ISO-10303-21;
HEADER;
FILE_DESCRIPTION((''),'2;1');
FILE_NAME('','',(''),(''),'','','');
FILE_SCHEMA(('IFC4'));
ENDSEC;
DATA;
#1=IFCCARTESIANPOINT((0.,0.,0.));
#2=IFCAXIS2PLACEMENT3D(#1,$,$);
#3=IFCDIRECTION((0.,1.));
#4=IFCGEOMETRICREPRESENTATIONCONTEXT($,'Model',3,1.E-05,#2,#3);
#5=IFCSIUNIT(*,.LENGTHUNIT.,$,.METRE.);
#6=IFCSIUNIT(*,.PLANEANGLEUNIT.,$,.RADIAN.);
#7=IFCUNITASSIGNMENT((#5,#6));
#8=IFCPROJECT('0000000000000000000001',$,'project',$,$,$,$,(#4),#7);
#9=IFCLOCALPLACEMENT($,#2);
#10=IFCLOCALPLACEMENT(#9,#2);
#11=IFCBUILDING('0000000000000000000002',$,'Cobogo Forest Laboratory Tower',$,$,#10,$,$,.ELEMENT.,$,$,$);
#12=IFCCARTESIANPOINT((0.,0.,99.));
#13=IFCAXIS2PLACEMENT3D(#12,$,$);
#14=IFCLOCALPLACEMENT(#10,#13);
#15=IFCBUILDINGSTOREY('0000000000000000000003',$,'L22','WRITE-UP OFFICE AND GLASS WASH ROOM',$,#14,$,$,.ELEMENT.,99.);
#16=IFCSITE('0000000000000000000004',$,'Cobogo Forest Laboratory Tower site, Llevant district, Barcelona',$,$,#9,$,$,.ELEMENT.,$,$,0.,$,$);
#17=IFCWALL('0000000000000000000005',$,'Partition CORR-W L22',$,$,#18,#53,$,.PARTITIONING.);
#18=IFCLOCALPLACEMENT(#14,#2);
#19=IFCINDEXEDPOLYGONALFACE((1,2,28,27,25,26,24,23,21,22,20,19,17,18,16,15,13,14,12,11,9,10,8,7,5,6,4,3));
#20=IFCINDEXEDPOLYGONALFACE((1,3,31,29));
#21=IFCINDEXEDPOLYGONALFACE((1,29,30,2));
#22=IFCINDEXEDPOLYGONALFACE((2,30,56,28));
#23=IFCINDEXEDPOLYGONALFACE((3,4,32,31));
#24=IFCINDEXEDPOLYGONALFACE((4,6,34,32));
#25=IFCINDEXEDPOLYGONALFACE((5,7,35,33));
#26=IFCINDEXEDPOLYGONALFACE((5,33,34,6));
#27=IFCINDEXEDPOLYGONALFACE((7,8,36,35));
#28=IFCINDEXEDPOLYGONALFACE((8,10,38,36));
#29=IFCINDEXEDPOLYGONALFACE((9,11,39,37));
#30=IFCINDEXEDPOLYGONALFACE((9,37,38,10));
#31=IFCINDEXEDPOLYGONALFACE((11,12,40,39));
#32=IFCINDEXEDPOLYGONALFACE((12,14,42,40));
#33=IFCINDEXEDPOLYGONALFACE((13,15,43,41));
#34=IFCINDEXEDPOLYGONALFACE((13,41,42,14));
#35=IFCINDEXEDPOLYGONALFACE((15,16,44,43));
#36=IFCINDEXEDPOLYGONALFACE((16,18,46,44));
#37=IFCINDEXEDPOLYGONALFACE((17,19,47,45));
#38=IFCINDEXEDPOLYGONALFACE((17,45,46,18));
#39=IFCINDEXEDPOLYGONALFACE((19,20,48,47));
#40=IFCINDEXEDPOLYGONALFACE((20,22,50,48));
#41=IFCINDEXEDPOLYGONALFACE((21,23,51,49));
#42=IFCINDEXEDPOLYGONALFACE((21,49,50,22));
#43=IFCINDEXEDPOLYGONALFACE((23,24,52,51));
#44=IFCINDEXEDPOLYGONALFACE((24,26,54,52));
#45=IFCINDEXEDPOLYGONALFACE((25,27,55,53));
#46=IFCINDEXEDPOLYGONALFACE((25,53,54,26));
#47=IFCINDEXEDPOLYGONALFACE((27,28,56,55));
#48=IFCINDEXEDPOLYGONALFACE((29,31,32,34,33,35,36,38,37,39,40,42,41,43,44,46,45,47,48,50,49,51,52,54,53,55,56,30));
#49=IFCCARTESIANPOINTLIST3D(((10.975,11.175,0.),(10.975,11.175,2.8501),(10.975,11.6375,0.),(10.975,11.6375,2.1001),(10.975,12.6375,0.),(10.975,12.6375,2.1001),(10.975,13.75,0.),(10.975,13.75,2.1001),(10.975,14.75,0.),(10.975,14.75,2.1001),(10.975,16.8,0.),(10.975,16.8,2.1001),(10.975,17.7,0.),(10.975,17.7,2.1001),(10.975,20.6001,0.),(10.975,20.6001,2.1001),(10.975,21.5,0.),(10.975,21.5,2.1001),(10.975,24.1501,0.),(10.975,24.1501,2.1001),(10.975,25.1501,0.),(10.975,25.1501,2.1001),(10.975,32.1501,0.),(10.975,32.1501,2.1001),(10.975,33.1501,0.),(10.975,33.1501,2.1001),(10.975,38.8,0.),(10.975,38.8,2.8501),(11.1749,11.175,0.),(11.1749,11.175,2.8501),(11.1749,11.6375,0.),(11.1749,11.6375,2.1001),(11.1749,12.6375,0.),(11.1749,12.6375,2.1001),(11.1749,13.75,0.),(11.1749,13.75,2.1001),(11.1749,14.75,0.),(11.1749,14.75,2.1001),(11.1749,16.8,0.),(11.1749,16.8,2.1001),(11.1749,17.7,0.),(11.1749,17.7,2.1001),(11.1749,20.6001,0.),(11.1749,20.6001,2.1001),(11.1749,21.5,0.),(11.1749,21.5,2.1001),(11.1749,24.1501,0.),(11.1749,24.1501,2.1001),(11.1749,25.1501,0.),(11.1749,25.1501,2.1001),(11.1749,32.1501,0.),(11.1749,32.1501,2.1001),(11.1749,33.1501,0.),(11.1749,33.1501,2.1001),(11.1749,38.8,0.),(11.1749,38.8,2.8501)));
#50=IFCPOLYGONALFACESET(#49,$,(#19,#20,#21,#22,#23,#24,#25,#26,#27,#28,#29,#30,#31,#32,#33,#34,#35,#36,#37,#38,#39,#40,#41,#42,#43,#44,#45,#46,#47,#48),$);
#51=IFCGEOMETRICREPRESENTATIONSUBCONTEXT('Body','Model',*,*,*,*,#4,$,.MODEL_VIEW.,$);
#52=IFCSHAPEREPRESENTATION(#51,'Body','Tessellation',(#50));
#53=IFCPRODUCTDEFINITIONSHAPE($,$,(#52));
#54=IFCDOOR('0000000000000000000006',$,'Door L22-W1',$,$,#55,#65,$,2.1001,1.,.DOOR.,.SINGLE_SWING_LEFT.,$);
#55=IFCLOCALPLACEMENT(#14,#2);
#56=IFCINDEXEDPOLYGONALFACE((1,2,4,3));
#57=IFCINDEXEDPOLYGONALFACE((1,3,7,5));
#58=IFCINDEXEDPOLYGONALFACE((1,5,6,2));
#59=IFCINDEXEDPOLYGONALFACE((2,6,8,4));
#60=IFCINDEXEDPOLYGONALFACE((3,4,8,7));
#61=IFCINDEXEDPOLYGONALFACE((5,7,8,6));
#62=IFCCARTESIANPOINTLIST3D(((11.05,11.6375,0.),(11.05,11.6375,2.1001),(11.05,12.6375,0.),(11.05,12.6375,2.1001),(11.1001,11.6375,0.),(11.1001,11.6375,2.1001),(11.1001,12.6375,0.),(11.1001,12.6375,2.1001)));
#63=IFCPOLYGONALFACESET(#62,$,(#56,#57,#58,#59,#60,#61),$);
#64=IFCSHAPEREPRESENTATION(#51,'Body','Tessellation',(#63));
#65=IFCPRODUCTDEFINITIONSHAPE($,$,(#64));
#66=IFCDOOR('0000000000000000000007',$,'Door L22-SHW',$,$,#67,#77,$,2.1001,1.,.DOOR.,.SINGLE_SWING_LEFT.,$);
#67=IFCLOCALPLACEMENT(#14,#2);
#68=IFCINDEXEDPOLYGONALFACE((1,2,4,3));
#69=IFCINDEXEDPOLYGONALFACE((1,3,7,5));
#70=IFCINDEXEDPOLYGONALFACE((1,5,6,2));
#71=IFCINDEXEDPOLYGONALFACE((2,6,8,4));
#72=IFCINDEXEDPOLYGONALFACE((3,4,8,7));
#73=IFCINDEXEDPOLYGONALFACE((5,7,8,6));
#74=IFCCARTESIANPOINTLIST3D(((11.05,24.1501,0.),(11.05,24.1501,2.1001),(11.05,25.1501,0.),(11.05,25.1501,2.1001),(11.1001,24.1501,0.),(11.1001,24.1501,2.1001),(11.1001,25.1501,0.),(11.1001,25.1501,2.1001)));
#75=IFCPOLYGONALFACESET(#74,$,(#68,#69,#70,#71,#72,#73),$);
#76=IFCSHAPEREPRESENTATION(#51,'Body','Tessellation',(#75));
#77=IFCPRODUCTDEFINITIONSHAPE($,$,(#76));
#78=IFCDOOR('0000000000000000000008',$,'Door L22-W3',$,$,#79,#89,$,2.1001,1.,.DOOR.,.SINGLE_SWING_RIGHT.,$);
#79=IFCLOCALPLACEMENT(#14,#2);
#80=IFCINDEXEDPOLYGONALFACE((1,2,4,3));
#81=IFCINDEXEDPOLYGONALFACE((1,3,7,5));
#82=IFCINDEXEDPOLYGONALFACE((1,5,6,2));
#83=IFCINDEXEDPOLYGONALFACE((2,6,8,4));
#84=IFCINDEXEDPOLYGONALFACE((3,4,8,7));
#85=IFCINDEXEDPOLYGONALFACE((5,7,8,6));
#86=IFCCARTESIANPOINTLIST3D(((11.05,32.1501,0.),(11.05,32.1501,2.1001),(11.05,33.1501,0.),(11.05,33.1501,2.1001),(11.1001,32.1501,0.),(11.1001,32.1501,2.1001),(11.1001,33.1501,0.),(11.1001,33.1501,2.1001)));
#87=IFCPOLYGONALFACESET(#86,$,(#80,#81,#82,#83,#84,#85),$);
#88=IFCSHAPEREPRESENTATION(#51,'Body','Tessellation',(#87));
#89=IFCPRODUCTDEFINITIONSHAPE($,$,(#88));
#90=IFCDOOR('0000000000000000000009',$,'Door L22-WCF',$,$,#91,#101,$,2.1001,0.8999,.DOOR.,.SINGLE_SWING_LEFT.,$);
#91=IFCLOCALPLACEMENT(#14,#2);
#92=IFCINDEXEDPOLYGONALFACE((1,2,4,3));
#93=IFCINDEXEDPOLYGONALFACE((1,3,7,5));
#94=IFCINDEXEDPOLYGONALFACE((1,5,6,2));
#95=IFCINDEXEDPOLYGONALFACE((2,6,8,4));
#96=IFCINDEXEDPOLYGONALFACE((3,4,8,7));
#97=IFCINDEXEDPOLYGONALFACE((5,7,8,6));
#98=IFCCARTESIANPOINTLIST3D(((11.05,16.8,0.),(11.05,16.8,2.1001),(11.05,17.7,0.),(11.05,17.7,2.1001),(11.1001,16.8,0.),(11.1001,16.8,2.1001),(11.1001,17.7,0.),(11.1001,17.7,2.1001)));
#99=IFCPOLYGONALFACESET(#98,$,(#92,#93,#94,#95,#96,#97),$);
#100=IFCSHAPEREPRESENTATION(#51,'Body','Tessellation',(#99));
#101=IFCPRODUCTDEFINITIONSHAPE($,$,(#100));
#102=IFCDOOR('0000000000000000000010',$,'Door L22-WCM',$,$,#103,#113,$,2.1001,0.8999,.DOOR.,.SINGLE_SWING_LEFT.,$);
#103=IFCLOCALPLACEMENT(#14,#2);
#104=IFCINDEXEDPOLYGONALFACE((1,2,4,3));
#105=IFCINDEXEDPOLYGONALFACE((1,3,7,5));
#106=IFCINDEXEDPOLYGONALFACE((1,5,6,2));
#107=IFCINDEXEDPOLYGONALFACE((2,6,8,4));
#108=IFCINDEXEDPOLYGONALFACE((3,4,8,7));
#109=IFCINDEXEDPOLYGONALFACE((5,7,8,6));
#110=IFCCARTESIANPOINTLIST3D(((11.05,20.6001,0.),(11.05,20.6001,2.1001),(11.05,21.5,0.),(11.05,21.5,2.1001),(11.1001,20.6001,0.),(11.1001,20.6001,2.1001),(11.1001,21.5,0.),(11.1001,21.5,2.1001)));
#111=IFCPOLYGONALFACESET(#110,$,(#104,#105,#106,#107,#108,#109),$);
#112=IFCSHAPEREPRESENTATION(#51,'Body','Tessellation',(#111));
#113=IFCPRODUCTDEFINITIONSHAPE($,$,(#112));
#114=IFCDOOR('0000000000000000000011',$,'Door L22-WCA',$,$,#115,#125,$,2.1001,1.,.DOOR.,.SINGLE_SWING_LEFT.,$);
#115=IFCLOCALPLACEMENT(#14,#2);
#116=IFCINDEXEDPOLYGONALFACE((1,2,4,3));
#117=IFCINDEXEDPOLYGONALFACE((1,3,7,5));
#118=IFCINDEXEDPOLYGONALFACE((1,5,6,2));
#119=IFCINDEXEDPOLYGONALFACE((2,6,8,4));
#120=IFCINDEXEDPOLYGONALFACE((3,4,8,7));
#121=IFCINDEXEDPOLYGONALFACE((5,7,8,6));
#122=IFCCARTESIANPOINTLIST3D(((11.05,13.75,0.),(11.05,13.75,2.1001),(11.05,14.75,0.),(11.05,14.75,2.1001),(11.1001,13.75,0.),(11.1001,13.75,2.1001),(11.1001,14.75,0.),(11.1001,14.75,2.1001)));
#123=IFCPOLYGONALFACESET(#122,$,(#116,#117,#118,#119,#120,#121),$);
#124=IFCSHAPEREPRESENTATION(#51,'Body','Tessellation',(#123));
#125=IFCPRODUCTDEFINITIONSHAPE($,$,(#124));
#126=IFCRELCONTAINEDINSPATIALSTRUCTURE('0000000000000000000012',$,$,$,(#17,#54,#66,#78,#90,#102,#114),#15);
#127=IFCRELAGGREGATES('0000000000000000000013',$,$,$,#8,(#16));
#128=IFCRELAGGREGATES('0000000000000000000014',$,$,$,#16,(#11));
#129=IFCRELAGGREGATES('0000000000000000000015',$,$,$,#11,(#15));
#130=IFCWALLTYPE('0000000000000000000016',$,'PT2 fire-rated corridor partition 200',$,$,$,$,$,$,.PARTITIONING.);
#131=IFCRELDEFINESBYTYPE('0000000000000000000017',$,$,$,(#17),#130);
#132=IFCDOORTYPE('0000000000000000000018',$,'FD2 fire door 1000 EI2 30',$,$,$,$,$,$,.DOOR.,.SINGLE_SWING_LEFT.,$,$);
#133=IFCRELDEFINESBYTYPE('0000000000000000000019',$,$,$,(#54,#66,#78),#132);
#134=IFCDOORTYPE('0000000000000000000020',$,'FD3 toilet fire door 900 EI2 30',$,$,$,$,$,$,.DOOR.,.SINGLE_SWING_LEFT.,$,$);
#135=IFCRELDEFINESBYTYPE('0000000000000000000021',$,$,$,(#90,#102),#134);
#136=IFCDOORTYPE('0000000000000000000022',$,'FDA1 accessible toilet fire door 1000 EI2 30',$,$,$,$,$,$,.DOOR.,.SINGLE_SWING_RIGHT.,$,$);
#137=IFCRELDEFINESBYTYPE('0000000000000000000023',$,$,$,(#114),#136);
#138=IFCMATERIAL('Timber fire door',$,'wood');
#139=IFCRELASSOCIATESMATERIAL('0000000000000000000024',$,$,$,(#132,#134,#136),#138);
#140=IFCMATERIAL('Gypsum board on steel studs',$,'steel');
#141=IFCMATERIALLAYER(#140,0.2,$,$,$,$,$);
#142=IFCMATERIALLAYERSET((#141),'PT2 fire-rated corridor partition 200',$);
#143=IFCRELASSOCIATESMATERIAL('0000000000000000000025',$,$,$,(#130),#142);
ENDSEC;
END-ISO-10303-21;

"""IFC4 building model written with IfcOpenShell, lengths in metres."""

from ifc_helpers import new_model, si_unit, direction, frame, frame_2d, origin, place, context, subcontext, project, spatial, rectangle, extrude, material, layer, layer_set, type_object, element, fill, save


model = new_model("IFC4")

# Units and contexts
model_context = context("Model", 3, precision=1e-05, world=origin(), true_north=direction((0.0, 1.0)))
body_context = subcontext(model_context, "Body", "Model", "MODEL_VIEW")
ifc_project = project(units=[si_unit("LENGTHUNIT", "METRE"), si_unit("PLANEANGLEUNIT", "RADIAN")], contexts=[model_context])

# Site, building, storey
site_placement = place(None, origin())
site = spatial("IfcSite", under=ifc_project, at=site_placement, Name="Cobogo Forest Laboratory Tower site, Llevant district, Barcelona", CompositionType="ELEMENT", RefElevation=0.0)
building_placement = place(site_placement, origin())
building = spatial("IfcBuilding", under=site, at=building_placement, Name="Cobogo Forest Laboratory Tower", CompositionType="ELEMENT")
storey_placement = place(building_placement, frame((0.0, 0.0, 99.0)))
storey = spatial("IfcBuildingStorey", under=building, at=storey_placement, Name="L22", Description="WRITE-UP OFFICE AND GLASS WASH ROOM", CompositionType="ELEMENT", Elevation=99.0)

# Shared definitions
ifc_material_1 = material(Name="Gypsum board on steel studs", Category="steel")
ifc_material_2 = material(Name="Timber fire door", Category="wood")
door_type_1 = type_object("IfcDoorType", Name="FD2 fire door 1000 EI2 30", OperationType="SINGLE_SWING_LEFT", PredefinedType="DOOR", material=ifc_material_2)

# Wall, openings, doors
ifc_layer_1 = layer(ifc_material_1, 0.2)
ifc_layer_set_1 = layer_set([ifc_layer_1], Name="PT2 fire-rated corridor partition 200")
wall_type_1 = type_object("IfcWallType", Name="PT2 fire-rated corridor partition 200", PredefinedType="PARTITIONING", material=ifc_layer_set_1)
wall_1_placement = place(storey_placement, frame((11.075, 11.175, 0.0), z_axis=(0.0, 0.0, 1.0), x_axis=(0.0, 1.0, 0.0)))
wall_1 = element("IfcWall", 1, at=wall_1_placement, inside=storey, type_object=wall_type_1, Name="Partition CORR-W L22", PredefinedType="PARTITIONING", context=body_context, shape_type="SweptSolid", body=[
    extrude(rectangle(XDim=27.625, YDim=0.2, at=frame_2d((13.8125, 0.0))), origin(), (0.0, 0.0, 1.0), 2.8501),
])
opening_1_placement = place(wall_1_placement, frame((0.4624, 0.0, 0.0)))
opening_1 = element("IfcOpeningElement", 2, at=opening_1_placement, cuts=wall_1, PredefinedType="OPENING", context=body_context, shape_type="SweptSolid", body=[
    extrude(rectangle(XDim=1.0, YDim=2.1001, at=frame_2d((0.5, 1.05))), frame((0.0, 0.1099, 0.0), z_axis=(0.0, -1.0, 0.0), x_axis=(1.0, 0.0, 0.0)), (0.0, 0.0, 1.0), 0.22),
])
opening_2_placement = place(wall_1_placement, frame((2.575, 0.0, 0.0)))
opening_2 = element("IfcOpeningElement", 3, at=opening_2_placement, cuts=wall_1, PredefinedType="OPENING", context=body_context, shape_type="SweptSolid", body=[
    extrude(rectangle(XDim=1.0, YDim=2.1001, at=frame_2d((0.5, 1.05))), frame((0.0, 0.1099, 0.0), z_axis=(0.0, -1.0, 0.0), x_axis=(1.0, 0.0, 0.0)), (0.0, 0.0, 1.0), 0.22),
])
opening_3_placement = place(wall_1_placement, frame((5.625, 0.0, 0.0)))
opening_3 = element("IfcOpeningElement", 4, at=opening_3_placement, cuts=wall_1, PredefinedType="OPENING", context=body_context, shape_type="SweptSolid", body=[
    extrude(rectangle(XDim=0.8999, YDim=2.1001, at=frame_2d((0.45, 1.05))), frame((0.0, 0.1099, 0.0), z_axis=(0.0, -1.0, 0.0), x_axis=(1.0, 0.0, 0.0)), (0.0, 0.0, 1.0), 0.22),
])
opening_4_placement = place(wall_1_placement, frame((9.425, 0.0, 0.0)))
opening_4 = element("IfcOpeningElement", 5, at=opening_4_placement, cuts=wall_1, PredefinedType="OPENING", context=body_context, shape_type="SweptSolid", body=[
    extrude(rectangle(XDim=0.8999, YDim=2.1001, at=frame_2d((0.45, 1.05))), frame((0.0, 0.1099, 0.0), z_axis=(0.0, -1.0, 0.0), x_axis=(1.0, 0.0, 0.0)), (0.0, 0.0, 1.0), 0.22),
])
opening_5_placement = place(wall_1_placement, frame((12.9751, 0.0, 0.0)))
opening_5 = element("IfcOpeningElement", 6, at=opening_5_placement, cuts=wall_1, PredefinedType="OPENING", context=body_context, shape_type="SweptSolid", body=[
    extrude(rectangle(XDim=1.0, YDim=2.1001, at=frame_2d((0.5, 1.05))), frame((0.0, 0.1099, 0.0), z_axis=(0.0, -1.0, 0.0), x_axis=(1.0, 0.0, 0.0)), (0.0, 0.0, 1.0), 0.22),
])
opening_6_placement = place(wall_1_placement, frame((20.9751, 0.0, 0.0)))
opening_6 = element("IfcOpeningElement", 7, at=opening_6_placement, cuts=wall_1, PredefinedType="OPENING", context=body_context, shape_type="SweptSolid", body=[
    extrude(rectangle(XDim=1.0, YDim=2.1001, at=frame_2d((0.5, 1.05))), frame((0.0, 0.1099, 0.0), z_axis=(0.0, -1.0, 0.0), x_axis=(1.0, 0.0, 0.0)), (0.0, 0.0, 1.0), 0.22),
])
door_1_placement = place(opening_1_placement, origin())
door_1 = element("IfcDoor", 8, at=door_1_placement, inside=storey, type_object=door_type_1, Name="Door L22-W1", OperationType="SINGLE_SWING_LEFT", OverallHeight=2.1001, OverallWidth=1.0, PredefinedType="DOOR", context=body_context, shape_type="SweptSolid", body=[
    extrude(rectangle(XDim=1.0, YDim=2.1001, at=frame_2d((0.5, 1.05))), frame((0.0, 0.0249, 0.0), z_axis=(0.0, -1.0, 0.0), x_axis=(1.0, 0.0, 0.0)), (0.0, 0.0, 1.0), 0.05),
])
fill(opening_1, door_1)
door_2_placement = place(opening_5_placement, origin())
door_2 = element("IfcDoor", 9, at=door_2_placement, inside=storey, type_object=door_type_1, Name="Door L22-SHW", OperationType="SINGLE_SWING_LEFT", OverallHeight=2.1001, OverallWidth=1.0, PredefinedType="DOOR", context=body_context, shape_type="SweptSolid", body=[
    extrude(rectangle(XDim=1.0, YDim=2.1001, at=frame_2d((0.5, 1.05))), frame((0.0, 0.0249, 0.0), z_axis=(0.0, -1.0, 0.0), x_axis=(1.0, 0.0, 0.0)), (0.0, 0.0, 1.0), 0.05),
])
fill(opening_5, door_2)
door_3_placement = place(opening_6_placement, origin())
door_3 = element("IfcDoor", 10, at=door_3_placement, inside=storey, type_object=door_type_1, Name="Door L22-W3", OperationType="SINGLE_SWING_RIGHT", OverallHeight=2.1001, OverallWidth=1.0, PredefinedType="DOOR", context=body_context, shape_type="SweptSolid", body=[
    extrude(rectangle(XDim=1.0, YDim=2.1001, at=frame_2d((0.5, 1.05))), frame((0.0, 0.0249, 0.0), z_axis=(0.0, -1.0, 0.0), x_axis=(1.0, 0.0, 0.0)), (0.0, 0.0, 1.0), 0.05),
])
fill(opening_6, door_3)
door_type_2 = type_object("IfcDoorType", Name="FD3 toilet fire door 900 EI2 30", OperationType="SINGLE_SWING_LEFT", PredefinedType="DOOR", material=ifc_material_2)
door_4_placement = place(opening_3_placement, origin())
door_4 = element("IfcDoor", 11, at=door_4_placement, inside=storey, type_object=door_type_2, Name="Door L22-WCF", OperationType="SINGLE_SWING_LEFT", OverallHeight=2.1001, OverallWidth=0.8999, PredefinedType="DOOR", context=body_context, shape_type="SweptSolid", body=[
    extrude(rectangle(XDim=0.8999, YDim=2.1001, at=frame_2d((0.45, 1.05))), frame((0.0, 0.0249, 0.0), z_axis=(0.0, -1.0, 0.0), x_axis=(1.0, 0.0, 0.0)), (0.0, 0.0, 1.0), 0.05),
])
fill(opening_3, door_4)
door_5_placement = place(opening_4_placement, origin())
door_5 = element("IfcDoor", 12, at=door_5_placement, inside=storey, type_object=door_type_2, Name="Door L22-WCM", OperationType="SINGLE_SWING_LEFT", OverallHeight=2.1001, OverallWidth=0.8999, PredefinedType="DOOR", context=body_context, shape_type="SweptSolid", body=[
    extrude(rectangle(XDim=0.8999, YDim=2.1001, at=frame_2d((0.45, 1.05))), frame((0.0, 0.0249, 0.0), z_axis=(0.0, -1.0, 0.0), x_axis=(1.0, 0.0, 0.0)), (0.0, 0.0, 1.0), 0.05),
])
fill(opening_4, door_5)
door_type_3 = type_object("IfcDoorType", Name="FDA1 accessible toilet fire door 1000 EI2 30", OperationType="SINGLE_SWING_RIGHT", PredefinedType="DOOR", material=ifc_material_2)
door_6_placement = place(opening_2_placement, origin())
door_6 = element("IfcDoor", 13, at=door_6_placement, inside=storey, type_object=door_type_3, Name="Door L22-WCA", OperationType="SINGLE_SWING_LEFT", OverallHeight=2.1001, OverallWidth=1.0, PredefinedType="DOOR", context=body_context, shape_type="SweptSolid", body=[
    extrude(rectangle(XDim=1.0, YDim=2.1001, at=frame_2d((0.5, 1.05))), frame((0.0, 0.0249, 0.0), z_axis=(0.0, -1.0, 0.0), x_axis=(1.0, 0.0, 0.0)), (0.0, 0.0, 1.0), 0.05),
])
fill(opening_2, door_6)

save(model, "model.ifc")
